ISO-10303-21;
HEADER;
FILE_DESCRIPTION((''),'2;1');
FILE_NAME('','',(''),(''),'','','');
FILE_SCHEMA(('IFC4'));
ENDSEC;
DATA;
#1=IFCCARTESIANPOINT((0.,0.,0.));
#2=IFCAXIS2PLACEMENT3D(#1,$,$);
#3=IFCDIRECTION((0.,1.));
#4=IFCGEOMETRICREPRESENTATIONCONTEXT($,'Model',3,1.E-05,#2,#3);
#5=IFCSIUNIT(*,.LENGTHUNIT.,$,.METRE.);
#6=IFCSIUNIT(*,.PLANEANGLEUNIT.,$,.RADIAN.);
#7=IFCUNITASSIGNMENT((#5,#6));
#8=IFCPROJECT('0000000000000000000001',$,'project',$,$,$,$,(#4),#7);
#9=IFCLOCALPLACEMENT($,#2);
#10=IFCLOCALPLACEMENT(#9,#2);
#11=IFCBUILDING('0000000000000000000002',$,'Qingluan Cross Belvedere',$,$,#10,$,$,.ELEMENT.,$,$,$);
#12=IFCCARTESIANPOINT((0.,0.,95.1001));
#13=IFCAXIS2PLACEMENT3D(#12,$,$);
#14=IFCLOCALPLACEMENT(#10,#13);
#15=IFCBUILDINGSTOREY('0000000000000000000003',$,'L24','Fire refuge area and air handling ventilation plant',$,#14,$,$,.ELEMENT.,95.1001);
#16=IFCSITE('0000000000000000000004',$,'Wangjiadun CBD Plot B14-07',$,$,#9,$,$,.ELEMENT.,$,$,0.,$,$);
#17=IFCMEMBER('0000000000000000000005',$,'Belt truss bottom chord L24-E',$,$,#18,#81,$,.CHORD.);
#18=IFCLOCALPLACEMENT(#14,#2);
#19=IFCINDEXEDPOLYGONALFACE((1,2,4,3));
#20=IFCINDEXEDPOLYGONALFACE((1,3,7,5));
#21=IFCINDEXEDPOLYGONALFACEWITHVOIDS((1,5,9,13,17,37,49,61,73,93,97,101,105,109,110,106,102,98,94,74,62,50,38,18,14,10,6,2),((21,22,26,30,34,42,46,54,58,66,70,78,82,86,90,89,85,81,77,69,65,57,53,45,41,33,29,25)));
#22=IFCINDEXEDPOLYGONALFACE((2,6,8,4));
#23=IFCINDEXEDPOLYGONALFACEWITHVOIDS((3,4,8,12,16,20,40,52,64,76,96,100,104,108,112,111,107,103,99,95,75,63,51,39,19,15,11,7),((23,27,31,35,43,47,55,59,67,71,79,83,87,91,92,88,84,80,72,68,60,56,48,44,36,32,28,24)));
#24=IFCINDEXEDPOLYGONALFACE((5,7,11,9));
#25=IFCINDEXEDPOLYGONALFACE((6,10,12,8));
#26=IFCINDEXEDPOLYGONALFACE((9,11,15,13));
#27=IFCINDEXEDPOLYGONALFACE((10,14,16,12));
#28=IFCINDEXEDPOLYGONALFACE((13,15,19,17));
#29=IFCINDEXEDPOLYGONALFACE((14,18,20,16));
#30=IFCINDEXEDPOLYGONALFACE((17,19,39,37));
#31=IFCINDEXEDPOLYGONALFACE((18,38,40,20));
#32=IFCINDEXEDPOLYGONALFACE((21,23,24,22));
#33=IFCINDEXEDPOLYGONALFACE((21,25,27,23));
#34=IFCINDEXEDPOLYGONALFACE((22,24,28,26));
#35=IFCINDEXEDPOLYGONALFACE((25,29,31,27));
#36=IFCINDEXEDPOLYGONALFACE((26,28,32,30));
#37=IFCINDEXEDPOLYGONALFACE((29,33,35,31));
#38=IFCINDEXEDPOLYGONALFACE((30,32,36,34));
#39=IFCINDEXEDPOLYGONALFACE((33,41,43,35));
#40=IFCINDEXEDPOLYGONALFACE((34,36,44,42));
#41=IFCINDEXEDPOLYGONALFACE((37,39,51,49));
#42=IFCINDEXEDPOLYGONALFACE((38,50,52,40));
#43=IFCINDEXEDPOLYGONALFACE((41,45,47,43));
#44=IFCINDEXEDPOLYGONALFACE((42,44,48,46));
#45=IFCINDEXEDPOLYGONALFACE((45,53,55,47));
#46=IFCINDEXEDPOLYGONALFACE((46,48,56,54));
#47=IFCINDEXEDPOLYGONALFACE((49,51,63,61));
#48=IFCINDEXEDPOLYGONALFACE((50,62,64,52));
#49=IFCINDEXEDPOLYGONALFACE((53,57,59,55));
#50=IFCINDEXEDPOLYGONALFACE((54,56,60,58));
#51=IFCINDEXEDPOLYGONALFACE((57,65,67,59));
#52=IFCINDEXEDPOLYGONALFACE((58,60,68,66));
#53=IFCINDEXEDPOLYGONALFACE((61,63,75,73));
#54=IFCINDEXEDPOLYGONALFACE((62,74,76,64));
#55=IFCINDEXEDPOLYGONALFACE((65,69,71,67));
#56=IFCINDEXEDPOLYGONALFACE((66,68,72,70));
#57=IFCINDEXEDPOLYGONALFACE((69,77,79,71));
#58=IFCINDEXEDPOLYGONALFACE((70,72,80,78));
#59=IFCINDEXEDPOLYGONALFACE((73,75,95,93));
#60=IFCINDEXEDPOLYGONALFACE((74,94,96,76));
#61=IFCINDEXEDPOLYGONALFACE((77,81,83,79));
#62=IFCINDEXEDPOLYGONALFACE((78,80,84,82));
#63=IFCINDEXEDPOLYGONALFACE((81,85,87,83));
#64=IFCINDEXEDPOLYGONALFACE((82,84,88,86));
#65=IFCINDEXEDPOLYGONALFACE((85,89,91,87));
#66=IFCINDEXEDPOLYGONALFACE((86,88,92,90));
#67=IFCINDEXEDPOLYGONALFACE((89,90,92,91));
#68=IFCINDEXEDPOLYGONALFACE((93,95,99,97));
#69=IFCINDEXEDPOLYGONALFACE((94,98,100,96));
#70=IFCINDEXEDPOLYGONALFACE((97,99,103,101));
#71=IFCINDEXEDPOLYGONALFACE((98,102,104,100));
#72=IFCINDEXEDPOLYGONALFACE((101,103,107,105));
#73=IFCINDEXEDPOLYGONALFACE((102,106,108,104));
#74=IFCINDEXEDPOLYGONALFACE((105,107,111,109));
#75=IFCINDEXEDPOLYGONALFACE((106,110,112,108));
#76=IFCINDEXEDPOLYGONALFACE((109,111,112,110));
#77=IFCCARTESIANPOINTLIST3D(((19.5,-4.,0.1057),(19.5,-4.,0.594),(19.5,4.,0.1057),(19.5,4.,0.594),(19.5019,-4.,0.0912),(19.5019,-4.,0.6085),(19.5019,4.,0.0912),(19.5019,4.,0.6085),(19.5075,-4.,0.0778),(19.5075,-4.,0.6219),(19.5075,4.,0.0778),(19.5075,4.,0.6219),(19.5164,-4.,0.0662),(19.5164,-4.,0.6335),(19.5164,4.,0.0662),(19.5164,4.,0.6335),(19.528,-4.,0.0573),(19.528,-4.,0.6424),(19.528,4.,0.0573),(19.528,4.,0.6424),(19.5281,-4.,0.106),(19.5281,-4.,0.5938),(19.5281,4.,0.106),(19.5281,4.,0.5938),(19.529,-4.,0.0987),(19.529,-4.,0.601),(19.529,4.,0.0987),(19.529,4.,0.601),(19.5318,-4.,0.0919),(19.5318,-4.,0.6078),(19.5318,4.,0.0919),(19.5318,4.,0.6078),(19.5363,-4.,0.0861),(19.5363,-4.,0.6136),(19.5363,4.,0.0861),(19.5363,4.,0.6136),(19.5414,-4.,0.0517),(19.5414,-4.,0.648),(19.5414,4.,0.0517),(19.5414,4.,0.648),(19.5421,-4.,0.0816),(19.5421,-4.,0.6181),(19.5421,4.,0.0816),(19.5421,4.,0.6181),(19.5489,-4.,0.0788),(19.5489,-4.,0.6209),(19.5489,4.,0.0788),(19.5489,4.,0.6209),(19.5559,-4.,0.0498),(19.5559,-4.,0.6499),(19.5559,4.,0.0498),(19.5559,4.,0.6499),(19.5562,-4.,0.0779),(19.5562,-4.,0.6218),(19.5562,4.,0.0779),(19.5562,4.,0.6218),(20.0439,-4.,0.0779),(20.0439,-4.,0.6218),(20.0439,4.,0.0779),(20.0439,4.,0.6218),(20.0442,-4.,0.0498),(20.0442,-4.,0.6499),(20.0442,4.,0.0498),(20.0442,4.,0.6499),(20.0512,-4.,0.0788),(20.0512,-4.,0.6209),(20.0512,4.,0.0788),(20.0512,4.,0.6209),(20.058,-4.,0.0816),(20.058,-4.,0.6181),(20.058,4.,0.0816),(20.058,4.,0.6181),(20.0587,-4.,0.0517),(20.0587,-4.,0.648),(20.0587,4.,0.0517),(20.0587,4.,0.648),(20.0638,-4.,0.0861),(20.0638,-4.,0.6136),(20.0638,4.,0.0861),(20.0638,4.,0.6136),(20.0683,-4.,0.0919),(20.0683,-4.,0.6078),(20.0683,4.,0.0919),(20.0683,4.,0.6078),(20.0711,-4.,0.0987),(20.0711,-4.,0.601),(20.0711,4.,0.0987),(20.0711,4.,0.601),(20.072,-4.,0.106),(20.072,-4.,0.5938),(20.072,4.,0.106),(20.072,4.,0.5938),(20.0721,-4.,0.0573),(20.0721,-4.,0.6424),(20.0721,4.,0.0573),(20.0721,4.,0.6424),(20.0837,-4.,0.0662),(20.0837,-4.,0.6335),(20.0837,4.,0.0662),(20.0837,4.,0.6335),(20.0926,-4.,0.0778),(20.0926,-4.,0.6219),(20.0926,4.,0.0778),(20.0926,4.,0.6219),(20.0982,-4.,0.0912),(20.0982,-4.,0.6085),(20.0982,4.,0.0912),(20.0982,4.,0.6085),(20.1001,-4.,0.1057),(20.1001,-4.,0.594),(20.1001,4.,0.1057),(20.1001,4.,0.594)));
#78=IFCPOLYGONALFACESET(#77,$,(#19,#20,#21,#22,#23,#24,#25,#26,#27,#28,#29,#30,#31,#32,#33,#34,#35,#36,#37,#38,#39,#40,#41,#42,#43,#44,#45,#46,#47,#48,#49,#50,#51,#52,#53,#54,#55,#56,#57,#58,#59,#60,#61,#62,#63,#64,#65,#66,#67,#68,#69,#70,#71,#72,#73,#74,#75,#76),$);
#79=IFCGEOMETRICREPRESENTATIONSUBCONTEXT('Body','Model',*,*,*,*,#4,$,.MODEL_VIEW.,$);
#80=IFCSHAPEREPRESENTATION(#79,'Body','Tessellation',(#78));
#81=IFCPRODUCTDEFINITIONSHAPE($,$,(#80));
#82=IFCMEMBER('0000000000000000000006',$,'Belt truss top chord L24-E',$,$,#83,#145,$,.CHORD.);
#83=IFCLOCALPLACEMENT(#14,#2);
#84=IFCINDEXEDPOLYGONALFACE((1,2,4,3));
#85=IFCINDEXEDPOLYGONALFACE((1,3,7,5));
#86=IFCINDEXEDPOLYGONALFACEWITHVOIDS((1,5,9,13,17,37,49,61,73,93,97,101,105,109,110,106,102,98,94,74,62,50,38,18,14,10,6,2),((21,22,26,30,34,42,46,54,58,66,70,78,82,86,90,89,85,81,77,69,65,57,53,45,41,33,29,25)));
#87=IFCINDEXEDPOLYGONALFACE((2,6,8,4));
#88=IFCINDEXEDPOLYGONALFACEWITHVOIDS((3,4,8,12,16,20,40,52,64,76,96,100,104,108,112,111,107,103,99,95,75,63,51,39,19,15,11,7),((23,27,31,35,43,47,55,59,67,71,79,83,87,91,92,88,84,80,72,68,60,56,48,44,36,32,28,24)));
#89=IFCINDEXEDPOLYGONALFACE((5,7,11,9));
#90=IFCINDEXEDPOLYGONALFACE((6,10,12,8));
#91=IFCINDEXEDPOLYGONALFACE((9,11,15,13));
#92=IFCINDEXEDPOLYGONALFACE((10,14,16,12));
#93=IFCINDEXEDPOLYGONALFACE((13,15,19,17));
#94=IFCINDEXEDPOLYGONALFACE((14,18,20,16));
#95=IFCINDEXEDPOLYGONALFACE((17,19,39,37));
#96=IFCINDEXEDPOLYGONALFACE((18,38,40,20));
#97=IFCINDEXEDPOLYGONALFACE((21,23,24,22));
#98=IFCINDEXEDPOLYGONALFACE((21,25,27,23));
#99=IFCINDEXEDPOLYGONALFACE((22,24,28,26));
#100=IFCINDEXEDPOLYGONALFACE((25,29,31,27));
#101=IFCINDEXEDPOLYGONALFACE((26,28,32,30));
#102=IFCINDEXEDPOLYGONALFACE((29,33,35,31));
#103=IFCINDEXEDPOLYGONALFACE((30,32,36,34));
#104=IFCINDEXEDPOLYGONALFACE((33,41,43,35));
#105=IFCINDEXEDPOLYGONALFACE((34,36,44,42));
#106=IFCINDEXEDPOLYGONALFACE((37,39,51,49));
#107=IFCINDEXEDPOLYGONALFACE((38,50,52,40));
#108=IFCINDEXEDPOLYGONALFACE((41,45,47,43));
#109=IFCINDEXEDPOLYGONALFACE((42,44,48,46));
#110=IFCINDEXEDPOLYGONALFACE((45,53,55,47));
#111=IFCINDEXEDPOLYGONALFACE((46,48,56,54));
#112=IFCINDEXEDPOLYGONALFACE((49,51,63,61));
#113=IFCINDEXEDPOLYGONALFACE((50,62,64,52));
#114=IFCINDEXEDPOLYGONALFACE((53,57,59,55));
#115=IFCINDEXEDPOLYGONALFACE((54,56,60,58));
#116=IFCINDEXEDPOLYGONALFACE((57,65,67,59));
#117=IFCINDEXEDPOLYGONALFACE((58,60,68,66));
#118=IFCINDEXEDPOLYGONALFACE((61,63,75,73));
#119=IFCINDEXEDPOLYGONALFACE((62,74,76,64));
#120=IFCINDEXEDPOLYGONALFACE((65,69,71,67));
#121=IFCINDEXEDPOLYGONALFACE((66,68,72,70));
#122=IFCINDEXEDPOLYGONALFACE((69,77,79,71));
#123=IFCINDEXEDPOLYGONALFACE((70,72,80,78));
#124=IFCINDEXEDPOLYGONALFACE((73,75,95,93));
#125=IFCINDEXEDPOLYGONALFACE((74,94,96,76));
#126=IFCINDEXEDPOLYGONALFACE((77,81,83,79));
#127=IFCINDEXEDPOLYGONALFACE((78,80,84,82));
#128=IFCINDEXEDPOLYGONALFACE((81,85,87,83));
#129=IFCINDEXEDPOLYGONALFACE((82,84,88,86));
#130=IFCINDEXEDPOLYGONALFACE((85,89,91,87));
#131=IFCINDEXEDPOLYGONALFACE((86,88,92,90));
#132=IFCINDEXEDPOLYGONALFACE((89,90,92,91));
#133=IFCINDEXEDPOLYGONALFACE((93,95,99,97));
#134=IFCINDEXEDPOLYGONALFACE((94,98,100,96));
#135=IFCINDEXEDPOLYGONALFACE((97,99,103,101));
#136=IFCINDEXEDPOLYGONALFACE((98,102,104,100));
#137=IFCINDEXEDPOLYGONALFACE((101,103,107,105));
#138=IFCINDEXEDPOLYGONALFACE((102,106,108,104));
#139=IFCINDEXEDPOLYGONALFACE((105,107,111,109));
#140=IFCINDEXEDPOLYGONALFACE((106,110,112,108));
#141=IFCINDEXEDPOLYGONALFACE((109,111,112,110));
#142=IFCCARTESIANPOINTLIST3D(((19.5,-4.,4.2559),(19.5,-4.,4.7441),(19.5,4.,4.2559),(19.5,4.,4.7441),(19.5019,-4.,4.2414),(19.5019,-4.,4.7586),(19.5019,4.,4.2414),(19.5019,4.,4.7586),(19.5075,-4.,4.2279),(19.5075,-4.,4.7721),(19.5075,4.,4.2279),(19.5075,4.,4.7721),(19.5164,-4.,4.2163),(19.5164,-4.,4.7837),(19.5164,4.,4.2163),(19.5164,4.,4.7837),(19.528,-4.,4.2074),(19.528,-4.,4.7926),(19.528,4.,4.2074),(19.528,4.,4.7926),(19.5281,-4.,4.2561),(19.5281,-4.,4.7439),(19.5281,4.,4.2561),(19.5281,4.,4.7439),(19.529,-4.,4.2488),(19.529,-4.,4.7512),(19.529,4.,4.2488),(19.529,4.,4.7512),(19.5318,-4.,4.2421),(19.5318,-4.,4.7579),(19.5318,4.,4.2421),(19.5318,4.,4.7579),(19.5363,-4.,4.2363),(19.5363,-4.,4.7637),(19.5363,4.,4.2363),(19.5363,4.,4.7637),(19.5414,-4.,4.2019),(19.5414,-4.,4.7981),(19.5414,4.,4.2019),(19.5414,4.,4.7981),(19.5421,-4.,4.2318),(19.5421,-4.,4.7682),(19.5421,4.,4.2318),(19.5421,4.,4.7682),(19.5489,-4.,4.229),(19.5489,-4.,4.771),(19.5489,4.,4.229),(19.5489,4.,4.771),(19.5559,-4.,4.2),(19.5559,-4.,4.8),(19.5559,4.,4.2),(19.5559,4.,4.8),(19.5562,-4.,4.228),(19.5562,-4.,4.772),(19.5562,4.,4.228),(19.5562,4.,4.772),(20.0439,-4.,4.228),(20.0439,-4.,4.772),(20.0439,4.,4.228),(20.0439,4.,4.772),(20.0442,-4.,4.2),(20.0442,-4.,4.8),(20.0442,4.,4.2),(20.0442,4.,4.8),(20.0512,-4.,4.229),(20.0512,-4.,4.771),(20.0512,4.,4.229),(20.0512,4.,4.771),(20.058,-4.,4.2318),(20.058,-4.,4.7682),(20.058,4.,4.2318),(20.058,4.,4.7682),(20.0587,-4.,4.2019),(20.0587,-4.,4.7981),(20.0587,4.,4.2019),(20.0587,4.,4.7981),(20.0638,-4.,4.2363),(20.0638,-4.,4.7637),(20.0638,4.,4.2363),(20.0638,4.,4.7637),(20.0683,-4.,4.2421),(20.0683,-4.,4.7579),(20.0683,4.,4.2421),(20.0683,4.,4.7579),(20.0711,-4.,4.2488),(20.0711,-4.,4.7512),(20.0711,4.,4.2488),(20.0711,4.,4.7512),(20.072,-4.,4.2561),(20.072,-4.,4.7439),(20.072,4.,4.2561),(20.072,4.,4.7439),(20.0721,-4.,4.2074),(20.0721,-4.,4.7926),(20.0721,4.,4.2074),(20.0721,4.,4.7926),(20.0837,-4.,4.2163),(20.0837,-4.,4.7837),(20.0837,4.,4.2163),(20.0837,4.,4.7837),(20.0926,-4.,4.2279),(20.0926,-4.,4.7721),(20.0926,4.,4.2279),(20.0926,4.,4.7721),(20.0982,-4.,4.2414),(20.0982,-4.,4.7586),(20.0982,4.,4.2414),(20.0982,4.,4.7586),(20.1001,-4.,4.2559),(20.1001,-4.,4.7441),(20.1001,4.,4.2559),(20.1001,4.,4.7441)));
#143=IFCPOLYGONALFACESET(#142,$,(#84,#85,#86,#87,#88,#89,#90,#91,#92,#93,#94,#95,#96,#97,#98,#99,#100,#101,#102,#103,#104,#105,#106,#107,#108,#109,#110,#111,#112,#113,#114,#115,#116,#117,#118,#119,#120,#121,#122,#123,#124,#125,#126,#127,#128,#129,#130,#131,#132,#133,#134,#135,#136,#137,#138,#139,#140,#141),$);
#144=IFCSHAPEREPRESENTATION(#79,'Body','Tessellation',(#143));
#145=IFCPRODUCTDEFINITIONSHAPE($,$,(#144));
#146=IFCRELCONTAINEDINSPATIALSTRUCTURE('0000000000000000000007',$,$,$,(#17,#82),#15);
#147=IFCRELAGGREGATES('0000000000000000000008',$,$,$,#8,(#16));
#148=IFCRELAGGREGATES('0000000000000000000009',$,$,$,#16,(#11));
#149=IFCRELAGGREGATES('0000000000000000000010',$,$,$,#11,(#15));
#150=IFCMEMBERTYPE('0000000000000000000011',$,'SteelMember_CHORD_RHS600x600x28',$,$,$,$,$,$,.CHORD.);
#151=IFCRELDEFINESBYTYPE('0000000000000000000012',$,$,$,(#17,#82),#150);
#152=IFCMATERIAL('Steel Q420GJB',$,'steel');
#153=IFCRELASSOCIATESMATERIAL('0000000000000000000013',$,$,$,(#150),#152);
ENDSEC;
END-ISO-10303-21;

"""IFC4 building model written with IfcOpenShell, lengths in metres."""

from ifc_helpers import new_model, si_unit, direction, frame, origin, origin_2d, place, context, subcontext, project, spatial, hollow_rectangle, extrude, material, material_profile, profile_set, type_object, element, save


model = new_model("IFC4")

# Units and contexts
model_context = context("Model", 3, precision=1e-05, world=origin(), true_north=direction((0.0, 1.0)))
body_context = subcontext(model_context, "Body", "Model", "MODEL_VIEW")
ifc_project = project(units=[si_unit("LENGTHUNIT", "METRE"), si_unit("PLANEANGLEUNIT", "RADIAN")], contexts=[model_context])

# Site, building, storey
site_placement = place(None, origin())
site = spatial("IfcSite", under=ifc_project, at=site_placement, Name="Wangjiadun CBD Plot B14-07", CompositionType="ELEMENT", RefElevation=0.0)
building_placement = place(site_placement, origin())
building = spatial("IfcBuilding", under=site, at=building_placement, Name="Qingluan Cross Belvedere", CompositionType="ELEMENT")
storey_placement = place(building_placement, frame((0.0, 0.0, 95.1001)))
storey = spatial("IfcBuildingStorey", under=building, at=storey_placement, Name="L24", Description="Fire refuge area and air handling ventilation plant", CompositionType="ELEMENT", Elevation=95.1001)

# Members
ifc_material_1 = material(Name="Steel Q420GJB", Category="steel")
ifc_material_profile_1 = material_profile(ifc_material_1, hollow_rectangle(XDim=0.6001, YDim=0.6001, WallThickness=0.0281, InnerFilletRadius=0.0281, OuterFilletRadius=0.0559, at=origin_2d()), Name="RHS600x600x28")
ifc_profile_set_1 = profile_set([ifc_material_profile_1], Name="Steel Q420GJB")
member_type_1 = type_object("IfcMemberType", Name="SteelMember_CHORD_RHS600x600x28", PredefinedType="CHORD", material=ifc_profile_set_1)
for number, where, z_axis, x_axis, name in (
    (1, (19.8, -4.0, 0.3499), (0.0, 1.0, 0.0), (-1.0, 0.0, 0.0), "Belt truss bottom chord L24-E"),
    (2, (19.8, -4.0, 4.5), (0.0, 1.0, 0.0), (-1.0, 0.0, 0.0), "Belt truss top chord L24-E"),
):
    element("IfcMember", number, at=place(storey_placement, frame(where, z_axis=z_axis, x_axis=x_axis)), inside=storey, type_object=member_type_1, Name=name, PredefinedType="CHORD", context=body_context, shape_type="SweptSolid", body=[
        extrude(hollow_rectangle(XDim=0.6001, YDim=0.6001, WallThickness=0.0281, InnerFilletRadius=0.0281, OuterFilletRadius=0.0559, at=origin_2d()), origin(), (0.0, 0.0, 1.0), 8.0),
    ])

save(model, "model.ifc")
